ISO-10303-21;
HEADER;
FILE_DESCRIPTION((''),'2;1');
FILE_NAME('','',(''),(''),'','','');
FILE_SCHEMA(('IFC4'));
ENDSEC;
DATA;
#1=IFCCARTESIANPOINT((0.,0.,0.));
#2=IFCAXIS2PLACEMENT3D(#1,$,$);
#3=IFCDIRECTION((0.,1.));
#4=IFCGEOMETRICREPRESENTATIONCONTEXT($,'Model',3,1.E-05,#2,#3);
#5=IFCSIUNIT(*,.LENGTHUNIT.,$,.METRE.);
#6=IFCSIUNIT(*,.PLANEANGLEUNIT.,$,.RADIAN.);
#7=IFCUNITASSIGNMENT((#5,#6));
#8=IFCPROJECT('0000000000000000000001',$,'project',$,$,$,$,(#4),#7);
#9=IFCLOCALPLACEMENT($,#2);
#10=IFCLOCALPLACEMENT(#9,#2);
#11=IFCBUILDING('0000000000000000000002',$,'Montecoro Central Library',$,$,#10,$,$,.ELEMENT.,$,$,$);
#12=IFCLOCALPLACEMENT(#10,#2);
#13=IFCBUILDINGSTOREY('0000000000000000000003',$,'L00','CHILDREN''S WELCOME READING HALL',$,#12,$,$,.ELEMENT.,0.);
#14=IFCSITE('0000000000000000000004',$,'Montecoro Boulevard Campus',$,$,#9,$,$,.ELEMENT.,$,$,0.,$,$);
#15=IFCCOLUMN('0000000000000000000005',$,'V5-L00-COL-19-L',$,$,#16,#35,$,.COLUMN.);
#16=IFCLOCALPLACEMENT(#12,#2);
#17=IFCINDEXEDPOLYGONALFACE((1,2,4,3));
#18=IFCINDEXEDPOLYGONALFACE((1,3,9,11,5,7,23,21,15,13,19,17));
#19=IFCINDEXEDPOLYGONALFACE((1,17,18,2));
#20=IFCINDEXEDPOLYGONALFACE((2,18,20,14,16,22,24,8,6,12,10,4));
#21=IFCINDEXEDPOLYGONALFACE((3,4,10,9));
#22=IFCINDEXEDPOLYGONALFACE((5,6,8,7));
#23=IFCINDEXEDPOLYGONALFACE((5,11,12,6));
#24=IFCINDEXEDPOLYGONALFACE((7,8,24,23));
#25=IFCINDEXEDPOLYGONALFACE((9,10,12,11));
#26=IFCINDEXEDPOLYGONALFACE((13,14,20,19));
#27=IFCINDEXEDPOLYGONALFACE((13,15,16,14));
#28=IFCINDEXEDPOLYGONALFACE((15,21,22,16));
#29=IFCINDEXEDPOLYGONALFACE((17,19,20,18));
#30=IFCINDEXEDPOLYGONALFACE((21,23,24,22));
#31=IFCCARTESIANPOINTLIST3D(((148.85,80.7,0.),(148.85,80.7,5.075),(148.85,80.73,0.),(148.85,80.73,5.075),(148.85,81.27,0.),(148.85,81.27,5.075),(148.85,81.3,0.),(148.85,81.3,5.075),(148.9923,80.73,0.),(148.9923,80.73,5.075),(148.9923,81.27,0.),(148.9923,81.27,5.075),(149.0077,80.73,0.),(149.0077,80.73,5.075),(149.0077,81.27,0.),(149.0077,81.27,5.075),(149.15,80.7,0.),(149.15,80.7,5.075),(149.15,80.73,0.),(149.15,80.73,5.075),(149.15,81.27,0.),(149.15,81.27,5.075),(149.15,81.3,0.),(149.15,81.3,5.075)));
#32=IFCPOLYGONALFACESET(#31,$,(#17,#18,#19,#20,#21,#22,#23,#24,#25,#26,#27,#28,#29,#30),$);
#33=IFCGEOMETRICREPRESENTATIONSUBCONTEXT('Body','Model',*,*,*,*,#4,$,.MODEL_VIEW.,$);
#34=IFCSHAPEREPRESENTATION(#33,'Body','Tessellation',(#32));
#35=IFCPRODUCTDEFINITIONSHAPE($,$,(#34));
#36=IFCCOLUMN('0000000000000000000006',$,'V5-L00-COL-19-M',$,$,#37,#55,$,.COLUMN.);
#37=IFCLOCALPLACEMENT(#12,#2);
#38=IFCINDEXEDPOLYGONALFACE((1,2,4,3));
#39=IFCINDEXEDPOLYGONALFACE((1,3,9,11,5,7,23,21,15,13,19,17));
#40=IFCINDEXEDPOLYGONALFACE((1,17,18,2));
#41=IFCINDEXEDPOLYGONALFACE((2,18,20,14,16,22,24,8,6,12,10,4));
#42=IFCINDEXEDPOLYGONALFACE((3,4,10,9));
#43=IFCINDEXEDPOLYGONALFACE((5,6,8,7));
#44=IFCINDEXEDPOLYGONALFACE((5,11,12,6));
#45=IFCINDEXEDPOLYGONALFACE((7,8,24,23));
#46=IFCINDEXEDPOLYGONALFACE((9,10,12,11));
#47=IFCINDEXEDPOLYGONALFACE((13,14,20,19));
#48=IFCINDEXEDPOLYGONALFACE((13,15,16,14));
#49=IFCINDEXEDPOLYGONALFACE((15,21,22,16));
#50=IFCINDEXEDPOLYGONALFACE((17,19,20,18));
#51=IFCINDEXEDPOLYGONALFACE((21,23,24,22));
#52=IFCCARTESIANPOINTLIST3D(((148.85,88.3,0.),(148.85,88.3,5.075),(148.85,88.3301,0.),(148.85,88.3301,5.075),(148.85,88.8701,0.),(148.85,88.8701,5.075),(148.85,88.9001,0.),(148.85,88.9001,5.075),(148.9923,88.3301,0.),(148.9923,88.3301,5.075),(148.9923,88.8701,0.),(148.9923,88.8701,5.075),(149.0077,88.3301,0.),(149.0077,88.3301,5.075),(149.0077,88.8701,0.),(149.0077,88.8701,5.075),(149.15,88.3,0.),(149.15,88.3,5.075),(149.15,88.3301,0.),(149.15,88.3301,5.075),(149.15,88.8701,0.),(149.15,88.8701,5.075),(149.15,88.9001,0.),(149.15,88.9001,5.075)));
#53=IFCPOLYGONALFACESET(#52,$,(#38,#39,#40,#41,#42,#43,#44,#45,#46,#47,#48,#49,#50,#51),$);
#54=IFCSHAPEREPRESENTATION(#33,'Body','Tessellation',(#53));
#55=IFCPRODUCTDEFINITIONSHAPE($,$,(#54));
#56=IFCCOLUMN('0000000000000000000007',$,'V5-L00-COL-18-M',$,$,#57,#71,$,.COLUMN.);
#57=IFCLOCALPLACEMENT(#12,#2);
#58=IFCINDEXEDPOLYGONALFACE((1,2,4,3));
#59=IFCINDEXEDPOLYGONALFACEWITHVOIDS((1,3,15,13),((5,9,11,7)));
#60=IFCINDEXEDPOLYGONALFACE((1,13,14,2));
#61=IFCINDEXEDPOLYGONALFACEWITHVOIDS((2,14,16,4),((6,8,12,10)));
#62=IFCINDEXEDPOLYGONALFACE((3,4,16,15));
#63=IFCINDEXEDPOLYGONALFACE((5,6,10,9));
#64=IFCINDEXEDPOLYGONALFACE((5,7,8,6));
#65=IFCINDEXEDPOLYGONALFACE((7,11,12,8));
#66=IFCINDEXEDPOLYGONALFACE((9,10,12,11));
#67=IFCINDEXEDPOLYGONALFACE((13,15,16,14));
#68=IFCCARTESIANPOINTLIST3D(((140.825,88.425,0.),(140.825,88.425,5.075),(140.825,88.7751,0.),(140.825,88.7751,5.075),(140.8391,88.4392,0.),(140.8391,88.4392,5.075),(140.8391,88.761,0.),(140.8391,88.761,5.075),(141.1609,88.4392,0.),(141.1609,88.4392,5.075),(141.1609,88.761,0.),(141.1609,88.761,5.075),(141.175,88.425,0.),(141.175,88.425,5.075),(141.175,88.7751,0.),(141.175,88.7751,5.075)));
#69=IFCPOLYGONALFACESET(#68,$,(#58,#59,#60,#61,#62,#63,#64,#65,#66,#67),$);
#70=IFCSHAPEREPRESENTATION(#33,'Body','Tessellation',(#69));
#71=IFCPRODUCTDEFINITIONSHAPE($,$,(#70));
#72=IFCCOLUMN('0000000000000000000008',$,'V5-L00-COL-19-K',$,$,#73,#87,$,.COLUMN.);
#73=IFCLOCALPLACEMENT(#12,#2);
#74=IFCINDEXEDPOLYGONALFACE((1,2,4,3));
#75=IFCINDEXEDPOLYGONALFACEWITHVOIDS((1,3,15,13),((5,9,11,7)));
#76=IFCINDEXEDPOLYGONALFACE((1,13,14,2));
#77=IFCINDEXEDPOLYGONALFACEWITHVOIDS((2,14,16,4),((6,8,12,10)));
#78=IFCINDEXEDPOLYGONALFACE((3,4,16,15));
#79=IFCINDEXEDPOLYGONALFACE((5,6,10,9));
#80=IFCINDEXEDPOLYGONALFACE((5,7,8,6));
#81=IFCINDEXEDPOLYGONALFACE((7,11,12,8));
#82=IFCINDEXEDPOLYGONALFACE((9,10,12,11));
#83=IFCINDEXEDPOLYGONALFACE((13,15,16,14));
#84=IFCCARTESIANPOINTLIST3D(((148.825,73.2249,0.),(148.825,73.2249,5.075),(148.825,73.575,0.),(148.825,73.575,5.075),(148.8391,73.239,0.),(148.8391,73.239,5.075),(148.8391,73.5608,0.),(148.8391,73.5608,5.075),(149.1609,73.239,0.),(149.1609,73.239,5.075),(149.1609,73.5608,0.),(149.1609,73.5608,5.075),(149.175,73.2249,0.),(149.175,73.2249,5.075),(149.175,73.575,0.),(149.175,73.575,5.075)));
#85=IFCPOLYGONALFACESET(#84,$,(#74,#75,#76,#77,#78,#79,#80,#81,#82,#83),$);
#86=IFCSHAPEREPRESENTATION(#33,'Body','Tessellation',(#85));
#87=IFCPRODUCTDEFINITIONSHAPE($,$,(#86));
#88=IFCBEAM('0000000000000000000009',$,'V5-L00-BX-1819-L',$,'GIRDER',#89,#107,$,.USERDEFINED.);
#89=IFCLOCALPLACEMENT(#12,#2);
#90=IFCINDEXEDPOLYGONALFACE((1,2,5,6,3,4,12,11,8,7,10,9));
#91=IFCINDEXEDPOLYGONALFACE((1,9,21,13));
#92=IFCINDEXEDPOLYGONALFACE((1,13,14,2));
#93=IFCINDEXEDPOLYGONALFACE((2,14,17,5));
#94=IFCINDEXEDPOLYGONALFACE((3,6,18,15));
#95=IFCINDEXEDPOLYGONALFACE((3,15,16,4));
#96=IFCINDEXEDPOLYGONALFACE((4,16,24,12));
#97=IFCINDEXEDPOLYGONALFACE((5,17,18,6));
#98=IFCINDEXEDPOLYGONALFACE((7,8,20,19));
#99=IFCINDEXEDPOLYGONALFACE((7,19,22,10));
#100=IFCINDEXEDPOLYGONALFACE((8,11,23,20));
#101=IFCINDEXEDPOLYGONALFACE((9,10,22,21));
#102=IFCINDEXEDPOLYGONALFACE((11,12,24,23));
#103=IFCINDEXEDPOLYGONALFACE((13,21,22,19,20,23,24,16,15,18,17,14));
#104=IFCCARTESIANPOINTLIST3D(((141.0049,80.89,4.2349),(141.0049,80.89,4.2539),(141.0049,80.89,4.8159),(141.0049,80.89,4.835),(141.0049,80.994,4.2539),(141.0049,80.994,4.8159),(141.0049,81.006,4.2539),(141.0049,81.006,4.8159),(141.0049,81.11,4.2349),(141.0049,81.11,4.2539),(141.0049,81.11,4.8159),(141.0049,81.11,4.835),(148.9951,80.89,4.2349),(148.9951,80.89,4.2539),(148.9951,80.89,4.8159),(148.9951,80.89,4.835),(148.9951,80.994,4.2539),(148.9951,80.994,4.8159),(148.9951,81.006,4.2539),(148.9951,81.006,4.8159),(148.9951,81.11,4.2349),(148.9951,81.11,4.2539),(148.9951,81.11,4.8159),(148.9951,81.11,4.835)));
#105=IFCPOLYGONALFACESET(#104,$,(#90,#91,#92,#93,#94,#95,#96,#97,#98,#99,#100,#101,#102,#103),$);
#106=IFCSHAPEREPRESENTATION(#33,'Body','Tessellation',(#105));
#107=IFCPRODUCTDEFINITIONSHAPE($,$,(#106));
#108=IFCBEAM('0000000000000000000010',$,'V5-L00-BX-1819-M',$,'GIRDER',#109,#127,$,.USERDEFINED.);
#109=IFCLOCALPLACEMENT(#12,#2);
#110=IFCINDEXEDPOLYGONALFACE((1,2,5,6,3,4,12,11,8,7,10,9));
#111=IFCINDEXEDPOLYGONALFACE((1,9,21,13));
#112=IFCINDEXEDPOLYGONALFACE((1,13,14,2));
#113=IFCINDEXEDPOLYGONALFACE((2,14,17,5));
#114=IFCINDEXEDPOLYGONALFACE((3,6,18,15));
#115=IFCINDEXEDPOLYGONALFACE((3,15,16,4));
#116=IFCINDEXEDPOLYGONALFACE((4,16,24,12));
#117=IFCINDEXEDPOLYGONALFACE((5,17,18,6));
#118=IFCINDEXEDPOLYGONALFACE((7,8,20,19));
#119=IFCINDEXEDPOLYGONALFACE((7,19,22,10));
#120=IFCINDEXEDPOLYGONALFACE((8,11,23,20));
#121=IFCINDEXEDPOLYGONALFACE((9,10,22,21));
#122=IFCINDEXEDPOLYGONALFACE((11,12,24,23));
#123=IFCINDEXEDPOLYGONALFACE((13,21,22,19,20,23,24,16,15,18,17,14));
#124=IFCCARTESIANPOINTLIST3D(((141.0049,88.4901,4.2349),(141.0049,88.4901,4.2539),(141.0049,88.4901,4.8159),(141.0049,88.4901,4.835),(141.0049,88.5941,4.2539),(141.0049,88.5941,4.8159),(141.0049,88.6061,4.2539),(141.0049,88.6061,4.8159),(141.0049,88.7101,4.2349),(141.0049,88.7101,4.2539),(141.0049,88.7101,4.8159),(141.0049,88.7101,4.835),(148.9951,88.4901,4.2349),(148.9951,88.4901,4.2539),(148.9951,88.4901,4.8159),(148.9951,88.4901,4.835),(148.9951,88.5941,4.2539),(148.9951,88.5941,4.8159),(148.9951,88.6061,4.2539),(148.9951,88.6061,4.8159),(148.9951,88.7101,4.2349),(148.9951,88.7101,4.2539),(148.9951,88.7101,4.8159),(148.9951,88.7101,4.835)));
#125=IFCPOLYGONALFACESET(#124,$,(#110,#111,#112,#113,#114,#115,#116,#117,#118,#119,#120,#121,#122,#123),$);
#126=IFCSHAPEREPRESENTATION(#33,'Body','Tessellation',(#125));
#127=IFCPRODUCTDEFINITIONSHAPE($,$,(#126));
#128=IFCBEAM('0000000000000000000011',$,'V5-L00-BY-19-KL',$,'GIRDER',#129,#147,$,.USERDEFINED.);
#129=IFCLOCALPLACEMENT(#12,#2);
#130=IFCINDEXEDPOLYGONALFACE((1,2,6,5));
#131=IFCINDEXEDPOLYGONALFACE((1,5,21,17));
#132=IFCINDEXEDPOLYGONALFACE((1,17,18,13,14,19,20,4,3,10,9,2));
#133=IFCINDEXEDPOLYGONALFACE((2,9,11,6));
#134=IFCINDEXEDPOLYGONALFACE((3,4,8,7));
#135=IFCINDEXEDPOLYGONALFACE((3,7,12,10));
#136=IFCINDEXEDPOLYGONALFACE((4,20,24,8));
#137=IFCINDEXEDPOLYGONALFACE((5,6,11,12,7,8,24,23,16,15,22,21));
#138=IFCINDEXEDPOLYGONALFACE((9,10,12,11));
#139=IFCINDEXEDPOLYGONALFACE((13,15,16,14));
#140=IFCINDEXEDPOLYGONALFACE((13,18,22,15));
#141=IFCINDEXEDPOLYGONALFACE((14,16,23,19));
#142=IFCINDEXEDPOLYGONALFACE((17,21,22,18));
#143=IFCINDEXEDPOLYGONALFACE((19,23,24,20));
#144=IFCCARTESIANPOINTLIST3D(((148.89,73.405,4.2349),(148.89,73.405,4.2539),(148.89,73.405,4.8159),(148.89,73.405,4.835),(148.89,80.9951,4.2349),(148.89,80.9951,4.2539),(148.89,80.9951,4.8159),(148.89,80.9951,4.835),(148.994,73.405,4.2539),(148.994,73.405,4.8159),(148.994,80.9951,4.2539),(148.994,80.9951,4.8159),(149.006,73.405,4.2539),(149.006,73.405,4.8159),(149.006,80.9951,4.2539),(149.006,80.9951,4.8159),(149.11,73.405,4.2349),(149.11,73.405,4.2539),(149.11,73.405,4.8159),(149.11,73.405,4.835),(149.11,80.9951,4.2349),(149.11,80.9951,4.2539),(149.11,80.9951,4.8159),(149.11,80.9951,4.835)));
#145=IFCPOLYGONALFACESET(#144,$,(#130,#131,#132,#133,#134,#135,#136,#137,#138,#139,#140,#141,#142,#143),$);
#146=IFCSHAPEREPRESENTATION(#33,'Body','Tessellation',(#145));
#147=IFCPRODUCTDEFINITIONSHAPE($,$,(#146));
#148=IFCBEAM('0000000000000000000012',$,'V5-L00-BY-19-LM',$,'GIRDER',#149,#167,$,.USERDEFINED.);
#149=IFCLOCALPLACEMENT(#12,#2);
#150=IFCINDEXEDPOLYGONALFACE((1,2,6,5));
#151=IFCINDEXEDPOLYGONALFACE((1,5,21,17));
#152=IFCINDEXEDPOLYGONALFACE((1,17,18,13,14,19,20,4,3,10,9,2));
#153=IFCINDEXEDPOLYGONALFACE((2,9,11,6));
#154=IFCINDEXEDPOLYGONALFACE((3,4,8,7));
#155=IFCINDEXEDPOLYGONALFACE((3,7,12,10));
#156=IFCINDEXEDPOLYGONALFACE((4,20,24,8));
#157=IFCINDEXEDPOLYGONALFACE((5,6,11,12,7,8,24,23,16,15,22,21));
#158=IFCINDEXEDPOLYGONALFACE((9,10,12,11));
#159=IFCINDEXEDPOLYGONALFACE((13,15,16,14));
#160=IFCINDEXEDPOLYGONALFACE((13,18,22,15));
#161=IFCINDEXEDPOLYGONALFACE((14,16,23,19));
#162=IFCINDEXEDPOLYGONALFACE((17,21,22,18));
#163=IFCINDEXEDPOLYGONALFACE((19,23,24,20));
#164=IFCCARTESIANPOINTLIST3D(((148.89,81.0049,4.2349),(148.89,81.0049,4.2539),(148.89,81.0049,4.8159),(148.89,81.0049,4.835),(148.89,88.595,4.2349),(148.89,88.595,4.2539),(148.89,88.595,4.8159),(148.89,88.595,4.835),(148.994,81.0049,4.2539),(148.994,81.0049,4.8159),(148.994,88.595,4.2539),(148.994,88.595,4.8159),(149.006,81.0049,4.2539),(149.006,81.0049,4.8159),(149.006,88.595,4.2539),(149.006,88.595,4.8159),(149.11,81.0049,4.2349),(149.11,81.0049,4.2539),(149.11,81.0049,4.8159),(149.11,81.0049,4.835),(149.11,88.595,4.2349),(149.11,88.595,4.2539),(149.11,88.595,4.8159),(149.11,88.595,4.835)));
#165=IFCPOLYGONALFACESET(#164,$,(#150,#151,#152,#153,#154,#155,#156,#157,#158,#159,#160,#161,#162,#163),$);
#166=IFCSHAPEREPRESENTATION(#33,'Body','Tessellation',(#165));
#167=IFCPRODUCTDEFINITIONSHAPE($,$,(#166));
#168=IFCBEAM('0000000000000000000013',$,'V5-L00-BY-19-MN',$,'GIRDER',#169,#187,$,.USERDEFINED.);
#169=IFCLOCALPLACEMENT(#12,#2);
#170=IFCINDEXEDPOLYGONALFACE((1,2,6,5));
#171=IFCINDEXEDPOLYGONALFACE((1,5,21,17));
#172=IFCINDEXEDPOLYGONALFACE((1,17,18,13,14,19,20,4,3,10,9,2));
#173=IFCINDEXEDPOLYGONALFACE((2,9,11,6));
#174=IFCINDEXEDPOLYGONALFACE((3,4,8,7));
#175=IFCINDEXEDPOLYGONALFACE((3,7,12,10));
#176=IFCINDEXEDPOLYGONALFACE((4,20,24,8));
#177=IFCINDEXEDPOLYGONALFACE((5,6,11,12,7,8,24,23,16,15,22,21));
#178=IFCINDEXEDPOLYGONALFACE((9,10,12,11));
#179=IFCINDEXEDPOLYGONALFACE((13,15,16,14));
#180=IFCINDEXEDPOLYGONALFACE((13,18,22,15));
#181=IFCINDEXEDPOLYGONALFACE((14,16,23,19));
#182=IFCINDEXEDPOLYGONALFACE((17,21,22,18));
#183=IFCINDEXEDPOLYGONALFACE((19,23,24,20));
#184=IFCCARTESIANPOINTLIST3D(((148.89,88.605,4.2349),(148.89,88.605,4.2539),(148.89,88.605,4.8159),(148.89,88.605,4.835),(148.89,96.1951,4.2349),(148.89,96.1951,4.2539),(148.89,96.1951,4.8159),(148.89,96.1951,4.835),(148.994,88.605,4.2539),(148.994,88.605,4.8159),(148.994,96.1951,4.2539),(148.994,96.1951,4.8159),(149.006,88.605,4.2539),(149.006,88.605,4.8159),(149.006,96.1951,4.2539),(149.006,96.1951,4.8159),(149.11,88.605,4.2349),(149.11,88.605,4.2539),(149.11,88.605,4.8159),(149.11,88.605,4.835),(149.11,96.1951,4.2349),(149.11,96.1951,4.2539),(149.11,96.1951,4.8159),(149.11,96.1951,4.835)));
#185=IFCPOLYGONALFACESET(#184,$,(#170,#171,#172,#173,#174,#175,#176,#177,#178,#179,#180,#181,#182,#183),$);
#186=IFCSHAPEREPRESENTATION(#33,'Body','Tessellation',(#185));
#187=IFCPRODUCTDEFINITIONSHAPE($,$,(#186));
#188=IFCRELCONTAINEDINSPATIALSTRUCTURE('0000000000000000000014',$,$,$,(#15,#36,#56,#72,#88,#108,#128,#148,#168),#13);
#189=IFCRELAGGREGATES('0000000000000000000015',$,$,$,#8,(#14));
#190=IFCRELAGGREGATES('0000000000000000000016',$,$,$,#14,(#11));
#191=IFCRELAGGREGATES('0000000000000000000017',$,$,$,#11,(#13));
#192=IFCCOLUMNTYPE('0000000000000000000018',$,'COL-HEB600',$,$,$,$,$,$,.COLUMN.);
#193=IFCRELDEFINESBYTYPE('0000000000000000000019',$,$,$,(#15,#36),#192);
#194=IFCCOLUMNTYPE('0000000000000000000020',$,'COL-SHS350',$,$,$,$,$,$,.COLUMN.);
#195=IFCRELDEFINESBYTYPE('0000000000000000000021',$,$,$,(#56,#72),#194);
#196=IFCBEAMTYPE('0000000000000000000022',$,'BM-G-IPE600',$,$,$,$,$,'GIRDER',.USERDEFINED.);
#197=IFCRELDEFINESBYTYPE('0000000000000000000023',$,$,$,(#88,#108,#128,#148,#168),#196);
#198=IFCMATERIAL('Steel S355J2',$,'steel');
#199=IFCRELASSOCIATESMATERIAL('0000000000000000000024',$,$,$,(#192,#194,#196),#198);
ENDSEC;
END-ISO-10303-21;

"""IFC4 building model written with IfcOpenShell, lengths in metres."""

from ifc_helpers import new_model, si_unit, direction, frame, origin, origin_2d, place, context, subcontext, project, spatial, hollow_rectangle, i_section, extrude, material, material_profile, profile_set, type_object, element, save


model = new_model("IFC4")

# Units and contexts
model_context = context("Model", 3, precision=1e-05, world=origin(), true_north=direction((0.0, 1.0)))
body_context = subcontext(model_context, "Body", "Model", "MODEL_VIEW")
ifc_project = project(units=[si_unit("LENGTHUNIT", "METRE"), si_unit("PLANEANGLEUNIT", "RADIAN")], contexts=[model_context])

# Site, building, storey
site_placement = place(None, origin())
site = spatial("IfcSite", under=ifc_project, at=site_placement, Name="Montecoro Boulevard Campus", CompositionType="ELEMENT", RefElevation=0.0)
building_placement = place(site_placement, origin())
building = spatial("IfcBuilding", under=site, at=building_placement, Name="Montecoro Central Library", CompositionType="ELEMENT")
storey_placement = place(building_placement, origin())
storey = spatial("IfcBuildingStorey", under=building, at=storey_placement, Name="L00", Description="CHILDREN'S WELCOME READING HALL", CompositionType="ELEMENT", Elevation=0.0)

# Columns
ifc_material_1 = material(Name="Steel S355J2", Category="steel")
ifc_material_profile_1 = material_profile(ifc_material_1, i_section(OverallWidth=0.3, OverallDepth=0.6001, WebThickness=0.0154, FlangeThickness=0.03, at=origin_2d()), Name="HEB 600")
ifc_profile_set_1 = profile_set([ifc_material_profile_1], Name="Steel S355J2")
column_type_1 = type_object("IfcColumnType", Name="COL-HEB600", PredefinedType="COLUMN", material=ifc_profile_set_1)
for number, where, z_axis, x_axis, name in (
    (1, (149.0, 81.0, 0.0), (0.0, 0.0, 1.0), (1.0, 0.0, 0.0), "V5-L00-COL-19-L"),
    (2, (149.0, 88.6001, 0.0), (0.0, 0.0, 1.0), (1.0, 0.0, 0.0), "V5-L00-COL-19-M"),
):
    element("IfcColumn", number, at=place(storey_placement, frame(where, z_axis=z_axis, x_axis=x_axis)), inside=storey, type_object=column_type_1, Name=name, PredefinedType="COLUMN", context=body_context, shape_type="SweptSolid", body=[
        extrude(i_section(OverallWidth=0.3, OverallDepth=0.6001, WebThickness=0.0154, FlangeThickness=0.03, at=origin_2d()), origin(), (0.0, 0.0, 1.0), 5.075),
    ])
ifc_material_profile_2 = material_profile(ifc_material_1, hollow_rectangle(XDim=0.3501, YDim=0.3501, WallThickness=0.0142, at=origin_2d()), Name="SHS 350x350x14.2")
ifc_profile_set_2 = profile_set([ifc_material_profile_2], Name="Steel S355J2")
column_type_2 = type_object("IfcColumnType", Name="COL-SHS350", PredefinedType="COLUMN", material=ifc_profile_set_2)
for number, where, z_axis, x_axis, name in (
    (3, (141.0, 88.6001, 0.0), (0.0, 0.0, 1.0), (1.0, 0.0, 0.0), "V5-L00-COL-18-M"),
    (4, (149.0, 73.3999, 0.0), (0.0, 0.0, 1.0), (1.0, 0.0, 0.0), "V5-L00-COL-19-K"),
):
    element("IfcColumn", number, at=place(storey_placement, frame(where, z_axis=z_axis, x_axis=x_axis)), inside=storey, type_object=column_type_2, Name=name, PredefinedType="COLUMN", context=body_context, shape_type="SweptSolid", body=[
        extrude(hollow_rectangle(XDim=0.3501, YDim=0.3501, WallThickness=0.0142, at=origin_2d()), origin(), (0.0, 0.0, 1.0), 5.075),
    ])

# Beams
ifc_material_profile_3 = material_profile(ifc_material_1, i_section(OverallWidth=0.22, OverallDepth=0.6001, WebThickness=0.012, FlangeThickness=0.019, at=origin_2d()), Name="IPE 600")
ifc_profile_set_3 = profile_set([ifc_material_profile_3], Name="Steel S355J2")
beam_type_1 = type_object("IfcBeamType", Name="BM-G-IPE600", ElementType="GIRDER", PredefinedType="USERDEFINED", material=ifc_profile_set_3)
for number, where, z_axis, x_axis, name in (
    (5, (141.0049, 81.0, 4.5349), (1.0, 0.0, 0.0), (0.0, 1.0, 0.0), "V5-L00-BX-1819-L"),
    (6, (141.0049, 88.6001, 4.5349), (1.0, 0.0, 0.0), (0.0, 1.0, 0.0), "V5-L00-BX-1819-M"),
):
    element("IfcBeam", number, at=place(storey_placement, frame(where, z_axis=z_axis, x_axis=x_axis)), inside=storey, type_object=beam_type_1, Name=name, ObjectType="GIRDER", PredefinedType="USERDEFINED", context=body_context, shape_type="SweptSolid", body=[
        extrude(i_section(OverallWidth=0.22, OverallDepth=0.6001, WebThickness=0.012, FlangeThickness=0.019, at=origin_2d()), origin(), (0.0, 0.0, 1.0), 7.9902),
    ])
for number, where, z_axis, x_axis, name in (
    (7, (149.0, 73.405, 4.5349), (0.0, 1.0, 0.0), (-1.0, 0.0, 0.0), "V5-L00-BY-19-KL"),
    (8, (149.0, 81.0049, 4.5349), (0.0, 1.0, 0.0), (-1.0, 0.0, 0.0), "V5-L00-BY-19-LM"),
    (9, (149.0, 88.605, 4.5349), (0.0, 1.0, 0.0), (-1.0, 0.0, 0.0), "V5-L00-BY-19-MN"),
):
    element("IfcBeam", number, at=place(storey_placement, frame(where, z_axis=z_axis, x_axis=x_axis)), inside=storey, type_object=beam_type_1, Name=name, ObjectType="GIRDER", PredefinedType="USERDEFINED", context=body_context, shape_type="SweptSolid", body=[
        extrude(i_section(OverallWidth=0.22, OverallDepth=0.6001, WebThickness=0.012, FlangeThickness=0.019, at=origin_2d()), origin(), (0.0, 0.0, 1.0), 7.5901),
    ])

save(model, "model.ifc")
